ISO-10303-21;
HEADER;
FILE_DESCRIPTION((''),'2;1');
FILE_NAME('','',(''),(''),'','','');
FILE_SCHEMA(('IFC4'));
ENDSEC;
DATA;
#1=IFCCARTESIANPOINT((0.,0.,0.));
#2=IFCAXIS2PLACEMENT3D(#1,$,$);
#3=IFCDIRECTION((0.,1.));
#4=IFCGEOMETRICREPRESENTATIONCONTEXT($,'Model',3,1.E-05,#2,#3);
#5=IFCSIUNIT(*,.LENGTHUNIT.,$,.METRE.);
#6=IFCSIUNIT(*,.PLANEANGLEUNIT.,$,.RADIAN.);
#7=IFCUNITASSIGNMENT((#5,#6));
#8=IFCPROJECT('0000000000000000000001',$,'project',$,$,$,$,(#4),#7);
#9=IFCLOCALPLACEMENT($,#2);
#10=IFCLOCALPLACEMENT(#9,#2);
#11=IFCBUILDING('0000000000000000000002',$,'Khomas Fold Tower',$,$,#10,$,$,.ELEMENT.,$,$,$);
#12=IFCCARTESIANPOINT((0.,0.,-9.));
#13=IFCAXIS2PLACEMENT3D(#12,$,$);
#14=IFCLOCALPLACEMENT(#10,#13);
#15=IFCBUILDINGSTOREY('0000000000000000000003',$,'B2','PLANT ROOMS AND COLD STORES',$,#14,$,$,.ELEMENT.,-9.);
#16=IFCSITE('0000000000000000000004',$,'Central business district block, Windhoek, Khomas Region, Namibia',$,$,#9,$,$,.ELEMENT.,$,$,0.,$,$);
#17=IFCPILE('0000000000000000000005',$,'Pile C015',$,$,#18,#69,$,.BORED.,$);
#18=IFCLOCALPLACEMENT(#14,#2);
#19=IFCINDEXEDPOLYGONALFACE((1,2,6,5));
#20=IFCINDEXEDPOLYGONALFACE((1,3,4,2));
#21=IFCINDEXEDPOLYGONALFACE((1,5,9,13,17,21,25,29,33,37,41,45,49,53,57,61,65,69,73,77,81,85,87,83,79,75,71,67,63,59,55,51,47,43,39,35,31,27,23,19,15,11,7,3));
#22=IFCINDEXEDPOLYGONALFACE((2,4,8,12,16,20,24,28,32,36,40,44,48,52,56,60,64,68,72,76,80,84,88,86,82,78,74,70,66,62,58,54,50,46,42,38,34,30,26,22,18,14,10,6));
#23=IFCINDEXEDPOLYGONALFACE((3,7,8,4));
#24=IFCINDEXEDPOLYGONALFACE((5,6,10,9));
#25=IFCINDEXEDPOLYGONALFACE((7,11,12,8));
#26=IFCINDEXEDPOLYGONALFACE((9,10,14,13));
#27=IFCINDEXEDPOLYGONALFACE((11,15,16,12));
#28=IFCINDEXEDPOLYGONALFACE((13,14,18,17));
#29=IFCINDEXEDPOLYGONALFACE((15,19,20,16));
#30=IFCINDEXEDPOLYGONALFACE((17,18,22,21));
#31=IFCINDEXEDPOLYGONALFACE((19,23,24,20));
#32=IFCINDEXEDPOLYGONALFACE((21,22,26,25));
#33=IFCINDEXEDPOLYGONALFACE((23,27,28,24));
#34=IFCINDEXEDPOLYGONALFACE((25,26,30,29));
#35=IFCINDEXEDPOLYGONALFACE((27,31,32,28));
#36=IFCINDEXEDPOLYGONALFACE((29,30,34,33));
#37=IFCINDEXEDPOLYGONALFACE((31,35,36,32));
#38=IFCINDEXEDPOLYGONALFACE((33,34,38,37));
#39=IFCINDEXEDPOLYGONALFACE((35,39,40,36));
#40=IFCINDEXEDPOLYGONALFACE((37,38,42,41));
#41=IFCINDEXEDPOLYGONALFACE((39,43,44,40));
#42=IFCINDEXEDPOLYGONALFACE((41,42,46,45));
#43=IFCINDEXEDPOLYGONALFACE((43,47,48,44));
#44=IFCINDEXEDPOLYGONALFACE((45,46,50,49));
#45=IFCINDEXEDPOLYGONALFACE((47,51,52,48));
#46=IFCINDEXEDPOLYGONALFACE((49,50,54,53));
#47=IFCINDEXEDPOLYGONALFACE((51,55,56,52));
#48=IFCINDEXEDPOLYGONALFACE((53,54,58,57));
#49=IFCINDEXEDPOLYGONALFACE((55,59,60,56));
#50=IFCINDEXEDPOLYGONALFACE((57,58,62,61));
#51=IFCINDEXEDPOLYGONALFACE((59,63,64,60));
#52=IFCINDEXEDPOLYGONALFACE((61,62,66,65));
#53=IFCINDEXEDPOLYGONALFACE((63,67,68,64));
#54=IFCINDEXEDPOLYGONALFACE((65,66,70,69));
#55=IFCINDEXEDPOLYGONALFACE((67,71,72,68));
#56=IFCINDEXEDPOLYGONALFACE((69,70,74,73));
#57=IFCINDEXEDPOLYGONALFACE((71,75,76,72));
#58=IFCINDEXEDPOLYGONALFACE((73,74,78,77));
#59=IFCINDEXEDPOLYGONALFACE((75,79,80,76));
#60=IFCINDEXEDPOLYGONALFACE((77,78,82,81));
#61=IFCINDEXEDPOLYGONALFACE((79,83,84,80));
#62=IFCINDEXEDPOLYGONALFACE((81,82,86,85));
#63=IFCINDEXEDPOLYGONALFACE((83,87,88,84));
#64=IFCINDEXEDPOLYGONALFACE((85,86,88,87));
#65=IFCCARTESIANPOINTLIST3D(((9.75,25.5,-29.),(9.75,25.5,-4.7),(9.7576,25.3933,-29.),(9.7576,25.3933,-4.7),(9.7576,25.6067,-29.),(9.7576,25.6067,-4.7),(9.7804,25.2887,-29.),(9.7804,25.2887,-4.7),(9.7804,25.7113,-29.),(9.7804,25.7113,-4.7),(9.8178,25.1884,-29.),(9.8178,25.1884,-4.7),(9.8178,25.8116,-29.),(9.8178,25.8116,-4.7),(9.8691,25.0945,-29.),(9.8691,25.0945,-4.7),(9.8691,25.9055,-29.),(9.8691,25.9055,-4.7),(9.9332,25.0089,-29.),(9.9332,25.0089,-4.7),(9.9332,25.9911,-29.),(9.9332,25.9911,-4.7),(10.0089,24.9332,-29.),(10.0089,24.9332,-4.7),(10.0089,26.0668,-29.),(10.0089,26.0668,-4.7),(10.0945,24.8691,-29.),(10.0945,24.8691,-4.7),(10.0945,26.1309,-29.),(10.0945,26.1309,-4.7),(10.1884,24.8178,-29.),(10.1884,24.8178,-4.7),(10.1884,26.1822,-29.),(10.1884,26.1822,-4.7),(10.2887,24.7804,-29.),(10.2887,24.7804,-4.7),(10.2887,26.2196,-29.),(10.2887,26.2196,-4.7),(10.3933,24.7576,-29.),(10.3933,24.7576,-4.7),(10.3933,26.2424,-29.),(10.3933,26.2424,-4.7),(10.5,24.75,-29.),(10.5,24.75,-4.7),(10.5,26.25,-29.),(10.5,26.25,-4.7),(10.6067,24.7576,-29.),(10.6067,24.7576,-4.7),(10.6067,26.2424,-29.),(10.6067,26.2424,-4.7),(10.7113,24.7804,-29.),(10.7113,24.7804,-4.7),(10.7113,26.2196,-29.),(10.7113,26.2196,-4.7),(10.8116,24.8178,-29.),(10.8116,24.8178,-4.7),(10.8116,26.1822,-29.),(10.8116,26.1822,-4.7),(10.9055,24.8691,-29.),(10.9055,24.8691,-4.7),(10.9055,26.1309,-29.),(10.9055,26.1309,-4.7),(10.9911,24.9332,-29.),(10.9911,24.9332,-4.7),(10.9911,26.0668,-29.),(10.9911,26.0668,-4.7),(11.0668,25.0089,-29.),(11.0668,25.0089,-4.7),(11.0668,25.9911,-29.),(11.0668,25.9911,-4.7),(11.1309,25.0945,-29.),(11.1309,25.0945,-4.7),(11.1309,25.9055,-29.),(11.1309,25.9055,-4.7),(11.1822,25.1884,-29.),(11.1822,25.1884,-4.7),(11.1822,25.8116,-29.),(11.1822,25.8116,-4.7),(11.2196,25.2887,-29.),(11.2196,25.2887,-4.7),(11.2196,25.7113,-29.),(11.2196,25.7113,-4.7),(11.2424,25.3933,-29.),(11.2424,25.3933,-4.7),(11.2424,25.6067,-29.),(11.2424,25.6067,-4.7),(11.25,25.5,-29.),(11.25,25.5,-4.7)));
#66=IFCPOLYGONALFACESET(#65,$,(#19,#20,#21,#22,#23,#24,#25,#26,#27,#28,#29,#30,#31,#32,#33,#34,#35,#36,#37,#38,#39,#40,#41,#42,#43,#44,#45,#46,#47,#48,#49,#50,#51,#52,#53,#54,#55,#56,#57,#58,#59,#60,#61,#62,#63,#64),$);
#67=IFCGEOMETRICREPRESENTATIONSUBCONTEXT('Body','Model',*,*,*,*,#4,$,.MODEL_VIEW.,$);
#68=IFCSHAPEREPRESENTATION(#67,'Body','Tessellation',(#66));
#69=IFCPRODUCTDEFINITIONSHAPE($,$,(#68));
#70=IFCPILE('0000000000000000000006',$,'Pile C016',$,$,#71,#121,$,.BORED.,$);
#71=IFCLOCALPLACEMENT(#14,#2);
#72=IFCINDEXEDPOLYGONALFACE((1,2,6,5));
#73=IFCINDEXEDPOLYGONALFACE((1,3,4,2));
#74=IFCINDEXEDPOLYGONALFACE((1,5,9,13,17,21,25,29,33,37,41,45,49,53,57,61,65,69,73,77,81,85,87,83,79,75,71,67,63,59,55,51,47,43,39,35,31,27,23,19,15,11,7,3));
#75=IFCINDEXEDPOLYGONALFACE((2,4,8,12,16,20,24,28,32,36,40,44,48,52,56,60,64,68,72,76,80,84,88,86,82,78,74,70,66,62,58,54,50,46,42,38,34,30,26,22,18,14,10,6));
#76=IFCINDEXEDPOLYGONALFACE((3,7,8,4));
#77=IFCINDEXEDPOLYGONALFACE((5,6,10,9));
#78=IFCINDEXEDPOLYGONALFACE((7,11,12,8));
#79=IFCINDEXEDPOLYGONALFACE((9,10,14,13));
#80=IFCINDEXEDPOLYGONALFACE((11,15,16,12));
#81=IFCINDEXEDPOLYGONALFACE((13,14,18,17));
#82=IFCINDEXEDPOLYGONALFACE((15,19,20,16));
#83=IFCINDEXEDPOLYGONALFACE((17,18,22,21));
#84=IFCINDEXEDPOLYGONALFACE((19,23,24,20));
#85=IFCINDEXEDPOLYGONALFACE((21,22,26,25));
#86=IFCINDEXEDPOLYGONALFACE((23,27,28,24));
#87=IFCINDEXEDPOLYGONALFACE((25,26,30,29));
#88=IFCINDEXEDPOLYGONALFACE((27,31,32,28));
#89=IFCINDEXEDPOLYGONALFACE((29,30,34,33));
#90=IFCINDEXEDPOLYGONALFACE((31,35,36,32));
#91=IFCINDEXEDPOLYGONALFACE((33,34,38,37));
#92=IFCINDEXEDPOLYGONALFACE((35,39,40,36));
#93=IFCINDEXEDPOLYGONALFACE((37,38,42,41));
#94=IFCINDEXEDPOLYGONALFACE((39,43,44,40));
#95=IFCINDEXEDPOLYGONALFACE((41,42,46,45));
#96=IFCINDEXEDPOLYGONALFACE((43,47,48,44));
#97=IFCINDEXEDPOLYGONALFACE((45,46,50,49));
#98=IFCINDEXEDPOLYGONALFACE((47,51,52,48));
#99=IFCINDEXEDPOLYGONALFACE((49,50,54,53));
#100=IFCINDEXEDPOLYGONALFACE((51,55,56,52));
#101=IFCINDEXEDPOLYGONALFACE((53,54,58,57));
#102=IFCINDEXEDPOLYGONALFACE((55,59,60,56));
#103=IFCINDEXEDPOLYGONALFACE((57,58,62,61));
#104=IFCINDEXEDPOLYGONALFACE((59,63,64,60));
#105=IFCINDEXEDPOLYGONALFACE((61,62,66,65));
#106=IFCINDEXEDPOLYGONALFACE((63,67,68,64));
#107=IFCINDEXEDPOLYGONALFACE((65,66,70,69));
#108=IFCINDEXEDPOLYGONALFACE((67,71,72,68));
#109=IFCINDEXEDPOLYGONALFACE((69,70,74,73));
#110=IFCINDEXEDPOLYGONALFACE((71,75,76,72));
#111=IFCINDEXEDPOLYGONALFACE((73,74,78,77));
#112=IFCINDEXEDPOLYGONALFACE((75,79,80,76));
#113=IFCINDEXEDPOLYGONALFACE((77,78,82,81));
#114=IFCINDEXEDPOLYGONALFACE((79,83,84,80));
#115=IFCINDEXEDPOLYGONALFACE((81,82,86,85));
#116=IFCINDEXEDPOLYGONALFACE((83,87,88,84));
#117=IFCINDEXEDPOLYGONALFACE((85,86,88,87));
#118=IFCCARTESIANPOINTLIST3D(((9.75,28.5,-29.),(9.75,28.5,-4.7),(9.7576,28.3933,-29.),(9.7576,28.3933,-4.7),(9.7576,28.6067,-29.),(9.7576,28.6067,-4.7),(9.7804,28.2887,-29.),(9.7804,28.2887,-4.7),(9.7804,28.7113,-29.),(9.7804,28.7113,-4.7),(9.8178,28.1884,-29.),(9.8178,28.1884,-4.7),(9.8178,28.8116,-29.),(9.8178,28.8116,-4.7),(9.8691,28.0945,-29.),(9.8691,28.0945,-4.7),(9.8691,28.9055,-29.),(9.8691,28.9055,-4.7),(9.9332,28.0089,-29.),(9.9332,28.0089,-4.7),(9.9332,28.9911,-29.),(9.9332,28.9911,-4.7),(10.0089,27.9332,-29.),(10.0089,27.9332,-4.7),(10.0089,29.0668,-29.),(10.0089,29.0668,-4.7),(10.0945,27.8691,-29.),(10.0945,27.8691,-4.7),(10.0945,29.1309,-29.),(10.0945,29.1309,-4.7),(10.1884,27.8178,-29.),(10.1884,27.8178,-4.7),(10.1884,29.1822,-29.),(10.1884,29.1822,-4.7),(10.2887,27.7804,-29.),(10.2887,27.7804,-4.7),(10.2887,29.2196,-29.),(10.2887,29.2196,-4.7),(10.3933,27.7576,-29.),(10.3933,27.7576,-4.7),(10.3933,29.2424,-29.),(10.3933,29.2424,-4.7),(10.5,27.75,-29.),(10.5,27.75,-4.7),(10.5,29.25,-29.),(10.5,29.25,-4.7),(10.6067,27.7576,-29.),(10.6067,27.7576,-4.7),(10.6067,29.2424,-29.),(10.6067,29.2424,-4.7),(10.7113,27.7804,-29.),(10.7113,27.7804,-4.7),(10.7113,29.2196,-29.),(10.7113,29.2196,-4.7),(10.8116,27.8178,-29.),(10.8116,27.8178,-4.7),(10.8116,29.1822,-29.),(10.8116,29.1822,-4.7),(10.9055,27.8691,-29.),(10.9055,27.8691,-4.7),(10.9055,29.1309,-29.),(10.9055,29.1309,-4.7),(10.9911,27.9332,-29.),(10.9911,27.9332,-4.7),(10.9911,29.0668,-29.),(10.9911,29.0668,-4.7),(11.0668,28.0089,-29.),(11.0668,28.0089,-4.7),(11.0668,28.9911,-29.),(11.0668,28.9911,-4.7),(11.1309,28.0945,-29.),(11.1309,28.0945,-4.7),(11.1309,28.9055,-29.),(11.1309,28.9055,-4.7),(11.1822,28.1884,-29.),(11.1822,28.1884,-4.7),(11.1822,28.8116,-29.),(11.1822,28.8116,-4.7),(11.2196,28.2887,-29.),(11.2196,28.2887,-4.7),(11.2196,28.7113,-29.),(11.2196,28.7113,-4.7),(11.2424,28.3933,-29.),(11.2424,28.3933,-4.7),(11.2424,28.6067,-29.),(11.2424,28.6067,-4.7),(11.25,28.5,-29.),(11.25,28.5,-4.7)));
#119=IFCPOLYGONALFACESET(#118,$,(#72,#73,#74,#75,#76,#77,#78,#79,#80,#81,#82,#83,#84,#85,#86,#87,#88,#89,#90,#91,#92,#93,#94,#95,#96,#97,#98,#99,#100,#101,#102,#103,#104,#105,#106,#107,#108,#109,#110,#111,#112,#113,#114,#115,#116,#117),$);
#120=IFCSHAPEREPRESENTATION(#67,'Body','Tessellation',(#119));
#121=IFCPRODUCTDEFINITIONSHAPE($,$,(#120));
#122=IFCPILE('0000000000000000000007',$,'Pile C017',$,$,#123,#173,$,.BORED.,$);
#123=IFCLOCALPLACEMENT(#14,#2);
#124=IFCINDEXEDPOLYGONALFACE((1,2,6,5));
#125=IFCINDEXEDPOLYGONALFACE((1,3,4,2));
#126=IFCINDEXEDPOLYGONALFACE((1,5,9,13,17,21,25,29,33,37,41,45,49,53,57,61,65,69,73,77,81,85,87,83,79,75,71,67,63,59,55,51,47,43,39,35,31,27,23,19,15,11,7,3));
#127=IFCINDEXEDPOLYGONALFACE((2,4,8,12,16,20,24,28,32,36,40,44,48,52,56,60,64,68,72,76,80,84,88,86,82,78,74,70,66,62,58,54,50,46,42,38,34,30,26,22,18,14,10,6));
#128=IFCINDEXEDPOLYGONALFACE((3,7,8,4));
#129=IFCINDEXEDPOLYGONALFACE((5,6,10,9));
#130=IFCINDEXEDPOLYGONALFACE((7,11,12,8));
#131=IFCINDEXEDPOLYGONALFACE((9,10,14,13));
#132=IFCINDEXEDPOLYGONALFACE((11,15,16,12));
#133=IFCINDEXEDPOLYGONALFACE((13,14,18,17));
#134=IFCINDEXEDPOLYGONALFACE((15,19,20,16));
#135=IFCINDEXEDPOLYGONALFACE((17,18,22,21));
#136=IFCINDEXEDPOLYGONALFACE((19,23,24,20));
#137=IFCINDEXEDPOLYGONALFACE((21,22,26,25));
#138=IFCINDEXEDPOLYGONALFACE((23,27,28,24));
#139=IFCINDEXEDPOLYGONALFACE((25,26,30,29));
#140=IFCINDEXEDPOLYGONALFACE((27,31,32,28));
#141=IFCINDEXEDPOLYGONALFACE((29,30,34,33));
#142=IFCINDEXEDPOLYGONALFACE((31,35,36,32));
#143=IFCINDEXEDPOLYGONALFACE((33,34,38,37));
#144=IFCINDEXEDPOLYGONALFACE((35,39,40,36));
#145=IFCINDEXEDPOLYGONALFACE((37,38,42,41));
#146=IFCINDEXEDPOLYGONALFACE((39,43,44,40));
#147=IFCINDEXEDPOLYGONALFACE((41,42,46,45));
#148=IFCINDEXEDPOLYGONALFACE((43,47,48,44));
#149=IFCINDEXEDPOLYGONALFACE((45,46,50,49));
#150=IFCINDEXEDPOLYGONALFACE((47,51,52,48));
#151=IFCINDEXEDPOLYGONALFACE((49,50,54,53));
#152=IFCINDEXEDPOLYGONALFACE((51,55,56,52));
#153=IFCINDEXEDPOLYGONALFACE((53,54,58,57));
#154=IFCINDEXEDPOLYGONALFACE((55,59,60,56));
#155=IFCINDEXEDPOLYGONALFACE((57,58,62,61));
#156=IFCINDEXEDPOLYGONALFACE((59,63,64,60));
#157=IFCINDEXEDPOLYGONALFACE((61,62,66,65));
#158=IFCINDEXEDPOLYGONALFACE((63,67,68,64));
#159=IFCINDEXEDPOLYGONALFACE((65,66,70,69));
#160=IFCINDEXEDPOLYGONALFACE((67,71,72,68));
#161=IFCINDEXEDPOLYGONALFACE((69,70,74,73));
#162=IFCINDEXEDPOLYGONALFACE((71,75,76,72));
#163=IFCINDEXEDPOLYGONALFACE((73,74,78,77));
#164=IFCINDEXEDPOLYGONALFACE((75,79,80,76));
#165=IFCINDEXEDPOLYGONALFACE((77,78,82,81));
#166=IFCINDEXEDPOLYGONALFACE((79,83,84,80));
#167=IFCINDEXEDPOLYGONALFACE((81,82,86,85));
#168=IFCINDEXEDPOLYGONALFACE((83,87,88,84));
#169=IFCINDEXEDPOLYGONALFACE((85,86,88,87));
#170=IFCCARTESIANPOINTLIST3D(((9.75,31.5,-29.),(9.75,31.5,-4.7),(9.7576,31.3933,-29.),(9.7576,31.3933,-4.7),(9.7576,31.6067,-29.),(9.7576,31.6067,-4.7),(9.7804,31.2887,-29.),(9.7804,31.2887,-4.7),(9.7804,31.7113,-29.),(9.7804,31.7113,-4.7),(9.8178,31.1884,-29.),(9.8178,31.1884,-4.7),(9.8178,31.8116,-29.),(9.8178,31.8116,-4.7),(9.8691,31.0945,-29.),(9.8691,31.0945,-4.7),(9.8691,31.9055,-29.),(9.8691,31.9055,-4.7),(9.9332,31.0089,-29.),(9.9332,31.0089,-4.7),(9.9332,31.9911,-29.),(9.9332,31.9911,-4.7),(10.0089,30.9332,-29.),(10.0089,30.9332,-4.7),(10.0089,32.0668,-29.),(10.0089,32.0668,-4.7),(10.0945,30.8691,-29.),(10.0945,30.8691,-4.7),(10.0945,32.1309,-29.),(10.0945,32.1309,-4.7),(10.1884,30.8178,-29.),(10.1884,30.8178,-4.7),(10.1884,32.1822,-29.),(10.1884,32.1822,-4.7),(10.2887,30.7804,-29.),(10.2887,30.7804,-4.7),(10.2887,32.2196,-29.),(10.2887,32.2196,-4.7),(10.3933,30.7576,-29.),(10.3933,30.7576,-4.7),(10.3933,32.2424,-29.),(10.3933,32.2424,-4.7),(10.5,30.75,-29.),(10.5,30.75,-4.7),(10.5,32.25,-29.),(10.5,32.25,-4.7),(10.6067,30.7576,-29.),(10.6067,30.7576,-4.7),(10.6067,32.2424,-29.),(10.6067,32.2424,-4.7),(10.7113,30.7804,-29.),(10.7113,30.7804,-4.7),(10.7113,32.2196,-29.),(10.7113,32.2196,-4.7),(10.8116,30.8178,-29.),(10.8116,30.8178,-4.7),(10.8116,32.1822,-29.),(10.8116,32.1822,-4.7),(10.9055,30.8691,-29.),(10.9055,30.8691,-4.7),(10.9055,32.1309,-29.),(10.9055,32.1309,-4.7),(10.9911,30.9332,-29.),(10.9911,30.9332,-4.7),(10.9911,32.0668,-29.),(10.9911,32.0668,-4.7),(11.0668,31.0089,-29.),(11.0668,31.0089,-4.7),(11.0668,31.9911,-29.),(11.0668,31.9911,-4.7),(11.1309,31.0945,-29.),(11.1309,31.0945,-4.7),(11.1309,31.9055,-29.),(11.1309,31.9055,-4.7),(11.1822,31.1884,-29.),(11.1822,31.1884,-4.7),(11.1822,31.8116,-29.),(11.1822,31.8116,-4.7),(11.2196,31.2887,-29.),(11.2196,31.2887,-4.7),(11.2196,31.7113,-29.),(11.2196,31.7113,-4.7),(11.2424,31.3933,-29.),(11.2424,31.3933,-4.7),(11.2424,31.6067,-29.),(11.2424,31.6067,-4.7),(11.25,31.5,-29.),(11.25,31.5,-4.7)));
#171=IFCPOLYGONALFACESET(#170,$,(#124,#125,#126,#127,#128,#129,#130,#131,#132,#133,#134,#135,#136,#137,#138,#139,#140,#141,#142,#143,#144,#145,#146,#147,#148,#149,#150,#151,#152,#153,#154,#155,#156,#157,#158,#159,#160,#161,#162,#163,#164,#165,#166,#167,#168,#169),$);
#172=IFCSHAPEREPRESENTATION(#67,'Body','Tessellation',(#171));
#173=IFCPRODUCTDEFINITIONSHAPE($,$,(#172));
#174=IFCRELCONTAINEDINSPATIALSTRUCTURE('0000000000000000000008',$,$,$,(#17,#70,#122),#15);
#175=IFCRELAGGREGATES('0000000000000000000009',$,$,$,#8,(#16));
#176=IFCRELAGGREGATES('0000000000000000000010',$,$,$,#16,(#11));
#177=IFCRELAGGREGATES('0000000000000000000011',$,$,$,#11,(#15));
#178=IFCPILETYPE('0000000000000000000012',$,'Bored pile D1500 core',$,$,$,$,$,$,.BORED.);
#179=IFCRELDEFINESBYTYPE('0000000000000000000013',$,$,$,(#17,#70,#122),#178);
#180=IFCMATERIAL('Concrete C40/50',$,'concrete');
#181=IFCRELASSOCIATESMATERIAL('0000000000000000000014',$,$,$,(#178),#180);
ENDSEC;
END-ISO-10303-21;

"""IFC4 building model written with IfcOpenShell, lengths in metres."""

from ifc_helpers import new_model, si_unit, direction, frame, origin, origin_2d, place, context, subcontext, project, spatial, circle, extrude, source, transform, mapped, material, material_profile, profile_set, type_object, element, save


model = new_model("IFC4")

# Units and contexts
model_context = context("Model", 3, precision=1e-05, world=origin(), true_north=direction((0.0, 1.0)))
body_context = subcontext(model_context, "Body", "Model", "MODEL_VIEW")
ifc_project = project(units=[si_unit("LENGTHUNIT", "METRE"), si_unit("PLANEANGLEUNIT", "RADIAN")], contexts=[model_context])

# Site, building, storey
site_placement = place(None, origin())
site = spatial("IfcSite", under=ifc_project, at=site_placement, Name="Central business district block, Windhoek, Khomas Region, Namibia", CompositionType="ELEMENT", RefElevation=0.0)
building_placement = place(site_placement, origin())
building = spatial("IfcBuilding", under=site, at=building_placement, Name="Khomas Fold Tower", CompositionType="ELEMENT")
storey_placement = place(building_placement, frame((0.0, 0.0, -9.0)))
storey = spatial("IfcBuildingStorey", under=building, at=storey_placement, Name="B2", Description="PLANT ROOMS AND COLD STORES", CompositionType="ELEMENT", Elevation=-9.0)

# Piles
ifc_material_1 = material(Name="Concrete C40/50", Category="concrete")
ifc_material_profile = material_profile(ifc_material_1, circle(Radius=0.75, at=origin_2d()), Name="PILE D1500")
ifc_profile_set = profile_set([ifc_material_profile], Name="Concrete C40/50")
pile_type = type_object("IfcPileType", Name="Bored pile D1500 core", PredefinedType="BORED", material=ifc_profile_set)
shared_shape_1 = source(origin(), body_context, "Body", "SweptSolid", [
    extrude(circle(Radius=0.75, at=origin_2d()), origin(), (0.0, 0.0, 1.0), 24.3),
])
for number, where, z_axis, x_axis, name in (
    (1, (10.5, 25.5, -4.7), (0.0, 0.0, -1.0), (1.0, 0.0, 0.0), "Pile C015"),
    (2, (10.5, 28.5, -4.7), (0.0, 0.0, -1.0), (1.0, 0.0, 0.0), "Pile C016"),
    (3, (10.5, 31.5, -4.7), (0.0, 0.0, -1.0), (1.0, 0.0, 0.0), "Pile C017"),
):
    element("IfcPile", number, at=place(storey_placement, frame(where, z_axis=z_axis, x_axis=x_axis)), inside=storey, type_object=pile_type, Name=name, PredefinedType="BORED", context=body_context, shape_type="MappedRepresentation", body=[
        mapped(shared_shape_1, transform((0.0, 0.0, 0.0))),
    ])

save(model, "model.ifc")
